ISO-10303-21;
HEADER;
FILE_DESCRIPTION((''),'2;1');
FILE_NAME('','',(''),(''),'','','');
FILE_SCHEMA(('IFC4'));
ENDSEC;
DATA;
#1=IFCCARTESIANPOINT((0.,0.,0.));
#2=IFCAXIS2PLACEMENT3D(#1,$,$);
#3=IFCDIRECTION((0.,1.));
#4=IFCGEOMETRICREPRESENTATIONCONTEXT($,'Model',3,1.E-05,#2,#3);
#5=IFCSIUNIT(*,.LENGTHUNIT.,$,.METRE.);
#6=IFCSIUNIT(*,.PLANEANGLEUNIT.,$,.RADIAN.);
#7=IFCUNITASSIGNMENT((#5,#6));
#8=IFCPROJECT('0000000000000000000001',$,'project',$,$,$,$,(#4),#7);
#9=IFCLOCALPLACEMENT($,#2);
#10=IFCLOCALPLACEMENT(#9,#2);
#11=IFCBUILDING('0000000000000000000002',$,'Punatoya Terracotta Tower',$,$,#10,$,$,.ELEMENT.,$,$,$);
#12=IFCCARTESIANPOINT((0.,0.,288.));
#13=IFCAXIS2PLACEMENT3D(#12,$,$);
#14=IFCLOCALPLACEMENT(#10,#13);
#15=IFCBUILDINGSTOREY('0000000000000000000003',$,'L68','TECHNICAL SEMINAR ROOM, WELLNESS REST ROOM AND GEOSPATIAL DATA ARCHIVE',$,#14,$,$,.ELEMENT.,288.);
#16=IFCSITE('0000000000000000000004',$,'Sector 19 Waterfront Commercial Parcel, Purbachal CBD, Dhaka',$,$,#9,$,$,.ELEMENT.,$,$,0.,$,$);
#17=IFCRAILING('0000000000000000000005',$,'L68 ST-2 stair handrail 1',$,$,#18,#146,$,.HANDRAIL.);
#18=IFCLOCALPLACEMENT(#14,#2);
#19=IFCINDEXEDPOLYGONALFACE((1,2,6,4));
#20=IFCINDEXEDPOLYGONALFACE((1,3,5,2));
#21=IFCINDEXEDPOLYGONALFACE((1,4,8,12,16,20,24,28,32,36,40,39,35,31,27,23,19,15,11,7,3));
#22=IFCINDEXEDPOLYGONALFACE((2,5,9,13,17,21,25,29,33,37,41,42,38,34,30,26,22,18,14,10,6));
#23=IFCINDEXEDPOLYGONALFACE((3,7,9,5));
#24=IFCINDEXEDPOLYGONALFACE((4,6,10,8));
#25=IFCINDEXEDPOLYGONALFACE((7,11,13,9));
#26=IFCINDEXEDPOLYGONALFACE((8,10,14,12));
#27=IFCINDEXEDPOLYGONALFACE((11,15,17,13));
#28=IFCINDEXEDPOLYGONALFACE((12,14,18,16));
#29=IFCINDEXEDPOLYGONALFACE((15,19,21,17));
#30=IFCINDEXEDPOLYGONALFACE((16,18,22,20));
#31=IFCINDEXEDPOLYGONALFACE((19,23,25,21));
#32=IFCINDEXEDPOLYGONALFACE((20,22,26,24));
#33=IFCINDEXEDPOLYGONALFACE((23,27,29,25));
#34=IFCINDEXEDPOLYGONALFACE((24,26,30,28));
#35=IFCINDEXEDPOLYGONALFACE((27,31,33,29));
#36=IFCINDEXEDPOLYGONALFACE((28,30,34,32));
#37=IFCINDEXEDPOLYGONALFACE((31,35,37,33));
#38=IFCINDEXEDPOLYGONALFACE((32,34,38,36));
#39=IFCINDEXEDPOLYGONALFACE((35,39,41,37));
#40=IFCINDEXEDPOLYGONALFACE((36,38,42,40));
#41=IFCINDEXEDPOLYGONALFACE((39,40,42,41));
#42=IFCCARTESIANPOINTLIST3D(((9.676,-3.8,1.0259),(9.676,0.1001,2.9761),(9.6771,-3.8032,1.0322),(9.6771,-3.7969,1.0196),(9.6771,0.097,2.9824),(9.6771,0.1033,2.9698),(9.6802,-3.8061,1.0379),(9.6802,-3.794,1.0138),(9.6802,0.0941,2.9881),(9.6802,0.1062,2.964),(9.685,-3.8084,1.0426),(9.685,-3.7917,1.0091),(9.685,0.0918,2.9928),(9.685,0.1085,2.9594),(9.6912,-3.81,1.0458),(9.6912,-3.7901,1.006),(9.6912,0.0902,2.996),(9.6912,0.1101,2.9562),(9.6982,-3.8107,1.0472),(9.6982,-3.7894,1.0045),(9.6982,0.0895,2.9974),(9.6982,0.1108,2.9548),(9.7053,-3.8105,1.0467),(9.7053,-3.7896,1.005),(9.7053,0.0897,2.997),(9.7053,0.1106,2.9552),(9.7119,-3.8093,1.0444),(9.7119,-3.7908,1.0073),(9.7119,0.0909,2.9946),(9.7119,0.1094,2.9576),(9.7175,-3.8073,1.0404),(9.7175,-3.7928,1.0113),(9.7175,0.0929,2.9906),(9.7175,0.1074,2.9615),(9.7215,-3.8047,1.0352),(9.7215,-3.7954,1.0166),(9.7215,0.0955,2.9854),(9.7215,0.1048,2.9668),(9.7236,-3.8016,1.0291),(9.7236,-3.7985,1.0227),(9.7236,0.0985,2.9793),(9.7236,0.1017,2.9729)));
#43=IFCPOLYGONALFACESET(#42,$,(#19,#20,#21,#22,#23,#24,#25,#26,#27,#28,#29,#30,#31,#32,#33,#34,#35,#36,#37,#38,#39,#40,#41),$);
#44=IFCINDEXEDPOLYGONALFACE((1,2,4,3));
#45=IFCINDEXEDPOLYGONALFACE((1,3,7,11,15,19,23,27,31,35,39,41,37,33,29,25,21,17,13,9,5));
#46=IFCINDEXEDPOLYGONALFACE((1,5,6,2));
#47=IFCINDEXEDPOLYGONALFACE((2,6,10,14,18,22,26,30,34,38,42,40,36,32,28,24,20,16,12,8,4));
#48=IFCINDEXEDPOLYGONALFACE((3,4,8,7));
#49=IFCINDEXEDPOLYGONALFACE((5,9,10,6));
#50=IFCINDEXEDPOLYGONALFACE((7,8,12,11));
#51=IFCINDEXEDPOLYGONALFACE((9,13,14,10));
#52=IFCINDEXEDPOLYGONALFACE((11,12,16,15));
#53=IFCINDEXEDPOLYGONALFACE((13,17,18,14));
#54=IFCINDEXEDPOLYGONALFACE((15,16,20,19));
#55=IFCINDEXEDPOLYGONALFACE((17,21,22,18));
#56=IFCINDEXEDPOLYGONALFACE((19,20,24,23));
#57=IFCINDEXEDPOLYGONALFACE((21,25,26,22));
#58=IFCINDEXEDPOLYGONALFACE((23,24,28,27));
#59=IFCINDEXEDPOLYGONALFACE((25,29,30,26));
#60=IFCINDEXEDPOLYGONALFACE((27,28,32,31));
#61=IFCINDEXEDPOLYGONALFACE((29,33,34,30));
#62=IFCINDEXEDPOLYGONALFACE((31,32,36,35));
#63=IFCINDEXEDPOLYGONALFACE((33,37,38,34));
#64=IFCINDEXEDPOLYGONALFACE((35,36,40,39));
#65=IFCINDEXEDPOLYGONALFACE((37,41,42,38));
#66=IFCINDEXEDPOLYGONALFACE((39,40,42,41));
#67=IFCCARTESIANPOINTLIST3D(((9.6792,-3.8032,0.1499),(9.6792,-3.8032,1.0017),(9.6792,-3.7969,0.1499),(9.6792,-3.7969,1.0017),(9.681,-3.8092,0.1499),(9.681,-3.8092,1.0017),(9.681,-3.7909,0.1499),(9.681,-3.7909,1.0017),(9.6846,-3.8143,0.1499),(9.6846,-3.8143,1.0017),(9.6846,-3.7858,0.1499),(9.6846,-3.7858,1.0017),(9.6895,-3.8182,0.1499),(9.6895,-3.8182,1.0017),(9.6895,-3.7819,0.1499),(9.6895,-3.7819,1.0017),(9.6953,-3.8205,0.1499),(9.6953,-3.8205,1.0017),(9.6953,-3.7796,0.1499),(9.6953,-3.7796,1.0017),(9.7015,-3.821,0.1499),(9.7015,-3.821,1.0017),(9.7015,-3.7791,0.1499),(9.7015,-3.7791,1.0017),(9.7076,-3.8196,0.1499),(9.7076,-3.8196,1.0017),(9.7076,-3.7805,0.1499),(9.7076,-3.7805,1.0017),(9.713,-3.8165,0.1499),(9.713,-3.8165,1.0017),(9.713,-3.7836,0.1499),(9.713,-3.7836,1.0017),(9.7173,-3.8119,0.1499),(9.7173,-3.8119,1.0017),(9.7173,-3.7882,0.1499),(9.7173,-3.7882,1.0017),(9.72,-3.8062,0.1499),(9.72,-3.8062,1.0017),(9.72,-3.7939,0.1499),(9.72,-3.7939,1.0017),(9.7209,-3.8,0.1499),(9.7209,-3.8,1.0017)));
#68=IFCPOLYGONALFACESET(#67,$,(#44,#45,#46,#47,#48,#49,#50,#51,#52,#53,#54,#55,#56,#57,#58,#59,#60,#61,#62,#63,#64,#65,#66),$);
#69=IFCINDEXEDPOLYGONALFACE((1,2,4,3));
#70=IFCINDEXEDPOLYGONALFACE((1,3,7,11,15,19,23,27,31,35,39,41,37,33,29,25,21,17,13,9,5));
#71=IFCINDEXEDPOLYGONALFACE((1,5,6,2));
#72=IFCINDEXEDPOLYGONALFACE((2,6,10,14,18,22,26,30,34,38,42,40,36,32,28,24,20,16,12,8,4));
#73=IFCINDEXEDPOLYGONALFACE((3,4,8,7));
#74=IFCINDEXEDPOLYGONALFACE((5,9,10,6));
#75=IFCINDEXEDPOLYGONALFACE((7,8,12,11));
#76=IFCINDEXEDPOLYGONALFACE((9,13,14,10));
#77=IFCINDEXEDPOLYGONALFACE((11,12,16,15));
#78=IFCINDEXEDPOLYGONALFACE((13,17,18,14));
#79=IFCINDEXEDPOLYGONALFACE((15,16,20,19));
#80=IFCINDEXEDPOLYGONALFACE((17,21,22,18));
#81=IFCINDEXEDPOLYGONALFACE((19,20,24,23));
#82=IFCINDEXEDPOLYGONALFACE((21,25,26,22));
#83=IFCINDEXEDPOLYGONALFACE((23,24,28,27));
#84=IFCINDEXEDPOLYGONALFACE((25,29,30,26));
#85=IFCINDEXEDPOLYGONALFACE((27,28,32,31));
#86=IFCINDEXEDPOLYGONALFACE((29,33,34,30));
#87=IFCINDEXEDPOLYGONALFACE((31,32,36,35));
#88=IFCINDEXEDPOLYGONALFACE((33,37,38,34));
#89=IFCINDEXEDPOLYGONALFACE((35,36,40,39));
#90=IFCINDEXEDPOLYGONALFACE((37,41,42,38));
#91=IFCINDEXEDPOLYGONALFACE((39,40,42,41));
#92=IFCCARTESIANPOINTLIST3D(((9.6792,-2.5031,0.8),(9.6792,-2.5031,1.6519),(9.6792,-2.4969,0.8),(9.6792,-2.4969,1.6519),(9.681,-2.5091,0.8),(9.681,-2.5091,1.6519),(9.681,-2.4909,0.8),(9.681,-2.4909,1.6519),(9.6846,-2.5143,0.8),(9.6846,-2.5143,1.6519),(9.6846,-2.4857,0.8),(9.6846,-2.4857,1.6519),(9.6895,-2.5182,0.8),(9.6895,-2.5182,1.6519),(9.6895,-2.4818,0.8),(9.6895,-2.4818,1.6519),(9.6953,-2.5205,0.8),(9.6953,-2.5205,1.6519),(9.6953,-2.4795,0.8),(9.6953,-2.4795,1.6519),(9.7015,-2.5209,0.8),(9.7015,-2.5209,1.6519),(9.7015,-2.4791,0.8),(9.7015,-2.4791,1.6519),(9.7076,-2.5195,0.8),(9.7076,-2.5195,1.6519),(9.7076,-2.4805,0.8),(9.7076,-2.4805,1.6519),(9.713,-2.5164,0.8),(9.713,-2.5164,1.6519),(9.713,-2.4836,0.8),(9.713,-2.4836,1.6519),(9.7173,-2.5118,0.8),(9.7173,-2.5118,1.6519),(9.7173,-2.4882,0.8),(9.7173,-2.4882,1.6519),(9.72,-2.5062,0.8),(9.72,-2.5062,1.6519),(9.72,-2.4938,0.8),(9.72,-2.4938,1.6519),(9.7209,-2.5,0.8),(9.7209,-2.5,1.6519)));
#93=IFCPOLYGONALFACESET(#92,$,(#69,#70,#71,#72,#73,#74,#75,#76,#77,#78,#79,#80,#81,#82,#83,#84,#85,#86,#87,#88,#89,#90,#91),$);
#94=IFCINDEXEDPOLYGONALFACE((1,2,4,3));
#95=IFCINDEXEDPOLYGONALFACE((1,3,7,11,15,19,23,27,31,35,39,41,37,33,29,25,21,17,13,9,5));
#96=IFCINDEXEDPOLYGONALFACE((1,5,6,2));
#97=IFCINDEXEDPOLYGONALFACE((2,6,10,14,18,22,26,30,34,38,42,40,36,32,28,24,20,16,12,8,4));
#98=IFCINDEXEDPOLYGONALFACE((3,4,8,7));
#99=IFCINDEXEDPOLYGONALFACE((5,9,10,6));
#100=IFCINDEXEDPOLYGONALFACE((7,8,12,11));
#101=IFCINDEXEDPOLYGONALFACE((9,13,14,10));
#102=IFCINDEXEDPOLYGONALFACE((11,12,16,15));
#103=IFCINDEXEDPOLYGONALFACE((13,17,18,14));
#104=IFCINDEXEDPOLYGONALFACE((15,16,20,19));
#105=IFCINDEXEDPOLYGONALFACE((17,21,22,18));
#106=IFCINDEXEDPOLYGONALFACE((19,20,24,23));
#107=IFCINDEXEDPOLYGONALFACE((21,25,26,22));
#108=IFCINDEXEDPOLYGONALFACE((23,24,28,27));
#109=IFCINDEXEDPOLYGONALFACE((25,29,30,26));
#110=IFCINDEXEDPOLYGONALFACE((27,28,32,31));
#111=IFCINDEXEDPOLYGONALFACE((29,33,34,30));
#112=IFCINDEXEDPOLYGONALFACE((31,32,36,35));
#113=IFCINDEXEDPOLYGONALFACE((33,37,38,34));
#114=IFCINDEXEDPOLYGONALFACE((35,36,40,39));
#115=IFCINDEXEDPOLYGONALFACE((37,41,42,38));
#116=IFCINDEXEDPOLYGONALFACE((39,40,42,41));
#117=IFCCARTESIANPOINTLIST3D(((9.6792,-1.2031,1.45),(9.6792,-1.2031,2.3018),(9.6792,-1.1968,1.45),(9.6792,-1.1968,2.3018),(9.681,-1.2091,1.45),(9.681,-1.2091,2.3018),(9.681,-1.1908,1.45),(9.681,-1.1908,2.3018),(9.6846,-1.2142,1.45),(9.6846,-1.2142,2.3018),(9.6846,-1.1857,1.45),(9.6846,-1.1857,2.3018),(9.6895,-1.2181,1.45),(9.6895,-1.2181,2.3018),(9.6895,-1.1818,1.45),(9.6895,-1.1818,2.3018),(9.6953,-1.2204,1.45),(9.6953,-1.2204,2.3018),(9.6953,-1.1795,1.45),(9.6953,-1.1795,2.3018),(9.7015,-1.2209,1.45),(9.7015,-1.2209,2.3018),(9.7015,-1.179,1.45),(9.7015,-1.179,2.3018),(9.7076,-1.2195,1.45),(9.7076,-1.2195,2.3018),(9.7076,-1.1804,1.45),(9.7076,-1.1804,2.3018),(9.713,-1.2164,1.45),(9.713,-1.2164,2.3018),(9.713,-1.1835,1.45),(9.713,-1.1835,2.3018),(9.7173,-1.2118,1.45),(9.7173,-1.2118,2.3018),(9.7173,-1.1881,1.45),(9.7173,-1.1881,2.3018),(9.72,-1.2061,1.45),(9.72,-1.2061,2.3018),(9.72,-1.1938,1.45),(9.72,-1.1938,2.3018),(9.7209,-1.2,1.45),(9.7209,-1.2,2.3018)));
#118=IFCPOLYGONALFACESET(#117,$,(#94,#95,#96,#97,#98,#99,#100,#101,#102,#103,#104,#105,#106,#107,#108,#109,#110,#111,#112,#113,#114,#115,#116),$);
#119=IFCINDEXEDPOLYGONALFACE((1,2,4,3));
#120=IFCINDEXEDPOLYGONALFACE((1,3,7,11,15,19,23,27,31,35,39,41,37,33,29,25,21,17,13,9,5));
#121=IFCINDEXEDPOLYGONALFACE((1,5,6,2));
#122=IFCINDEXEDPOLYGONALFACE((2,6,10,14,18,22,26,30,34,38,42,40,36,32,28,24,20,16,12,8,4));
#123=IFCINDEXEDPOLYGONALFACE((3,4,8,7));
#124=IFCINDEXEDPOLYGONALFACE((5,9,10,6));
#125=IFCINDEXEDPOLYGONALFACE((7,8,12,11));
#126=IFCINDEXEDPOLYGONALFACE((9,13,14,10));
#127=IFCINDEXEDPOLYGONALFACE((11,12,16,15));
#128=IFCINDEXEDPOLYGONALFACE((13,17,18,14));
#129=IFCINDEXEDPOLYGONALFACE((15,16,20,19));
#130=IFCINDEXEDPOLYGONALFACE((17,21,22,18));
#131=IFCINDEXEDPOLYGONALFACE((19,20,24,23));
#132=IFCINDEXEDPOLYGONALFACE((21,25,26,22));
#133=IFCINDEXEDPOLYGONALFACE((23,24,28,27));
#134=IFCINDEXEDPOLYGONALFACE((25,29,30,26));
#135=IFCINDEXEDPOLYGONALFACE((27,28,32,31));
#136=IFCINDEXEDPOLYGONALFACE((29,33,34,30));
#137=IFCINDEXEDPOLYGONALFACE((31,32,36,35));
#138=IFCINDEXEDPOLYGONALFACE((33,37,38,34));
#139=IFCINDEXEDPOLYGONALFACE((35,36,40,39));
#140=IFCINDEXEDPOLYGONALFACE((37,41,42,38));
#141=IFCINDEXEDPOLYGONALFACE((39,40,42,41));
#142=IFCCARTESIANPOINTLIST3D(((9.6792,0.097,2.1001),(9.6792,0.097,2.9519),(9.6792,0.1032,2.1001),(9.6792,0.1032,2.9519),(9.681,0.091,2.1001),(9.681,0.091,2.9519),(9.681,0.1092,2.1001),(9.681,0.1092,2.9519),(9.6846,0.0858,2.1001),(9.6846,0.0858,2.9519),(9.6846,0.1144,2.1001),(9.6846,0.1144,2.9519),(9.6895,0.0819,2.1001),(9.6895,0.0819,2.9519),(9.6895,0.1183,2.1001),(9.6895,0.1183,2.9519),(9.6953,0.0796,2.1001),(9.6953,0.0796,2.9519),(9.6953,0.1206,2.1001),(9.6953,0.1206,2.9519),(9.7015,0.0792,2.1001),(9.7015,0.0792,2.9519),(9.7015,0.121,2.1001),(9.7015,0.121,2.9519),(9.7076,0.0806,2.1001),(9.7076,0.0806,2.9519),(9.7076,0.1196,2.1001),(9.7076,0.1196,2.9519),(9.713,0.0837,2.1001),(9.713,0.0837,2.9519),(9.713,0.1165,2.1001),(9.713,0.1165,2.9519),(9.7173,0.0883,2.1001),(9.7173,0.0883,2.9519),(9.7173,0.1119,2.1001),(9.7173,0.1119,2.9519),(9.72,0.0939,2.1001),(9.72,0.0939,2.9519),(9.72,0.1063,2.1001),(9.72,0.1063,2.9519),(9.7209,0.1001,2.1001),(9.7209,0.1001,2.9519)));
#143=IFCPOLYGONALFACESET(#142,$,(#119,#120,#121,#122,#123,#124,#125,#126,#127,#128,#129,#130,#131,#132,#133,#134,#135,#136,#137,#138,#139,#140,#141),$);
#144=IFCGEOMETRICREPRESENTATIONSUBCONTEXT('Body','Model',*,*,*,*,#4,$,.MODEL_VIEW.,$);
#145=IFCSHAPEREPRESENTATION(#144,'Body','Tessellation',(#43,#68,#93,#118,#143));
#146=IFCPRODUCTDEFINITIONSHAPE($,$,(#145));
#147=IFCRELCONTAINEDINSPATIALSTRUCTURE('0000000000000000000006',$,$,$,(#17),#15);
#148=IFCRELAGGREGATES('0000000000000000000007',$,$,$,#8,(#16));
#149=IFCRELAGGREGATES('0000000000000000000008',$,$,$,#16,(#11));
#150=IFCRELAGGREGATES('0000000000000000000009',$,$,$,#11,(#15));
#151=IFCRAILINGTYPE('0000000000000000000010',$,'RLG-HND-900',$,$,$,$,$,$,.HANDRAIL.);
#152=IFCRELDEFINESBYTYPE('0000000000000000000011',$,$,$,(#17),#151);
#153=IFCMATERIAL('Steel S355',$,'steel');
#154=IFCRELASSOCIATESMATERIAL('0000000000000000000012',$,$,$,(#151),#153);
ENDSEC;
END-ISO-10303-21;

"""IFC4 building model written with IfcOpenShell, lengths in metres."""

from ifc_helpers import new_model, si_unit, direction, frame, origin, origin_2d, place, context, subcontext, project, spatial, circle, extrude, material, type_object, element, save


model = new_model("IFC4")

# Units and contexts
model_context = context("Model", 3, precision=1e-05, world=origin(), true_north=direction((0.0, 1.0)))
body_context = subcontext(model_context, "Body", "Model", "MODEL_VIEW")
ifc_project = project(units=[si_unit("LENGTHUNIT", "METRE"), si_unit("PLANEANGLEUNIT", "RADIAN")], contexts=[model_context])

# Site, building, storey
site_placement = place(None, origin())
site = spatial("IfcSite", under=ifc_project, at=site_placement, Name="Sector 19 Waterfront Commercial Parcel, Purbachal CBD, Dhaka", CompositionType="ELEMENT", RefElevation=0.0)
building_placement = place(site_placement, origin())
building = spatial("IfcBuilding", under=site, at=building_placement, Name="Punatoya Terracotta Tower", CompositionType="ELEMENT")
storey_placement = place(building_placement, frame((0.0, 0.0, 288.0)))
storey = spatial("IfcBuildingStorey", under=building, at=storey_placement, Name="L68", Description="TECHNICAL SEMINAR ROOM, WELLNESS REST ROOM AND GEOSPATIAL DATA ARCHIVE", CompositionType="ELEMENT", Elevation=288.0)

# Shared definitions
ifc_material_1 = material(Name="Steel S355", Category="steel")

# Railing
railing_type_1 = type_object("IfcRailingType", Name="RLG-HND-900", PredefinedType="HANDRAIL", material=ifc_material_1)
railing_1_placement = place(storey_placement, frame((9.7, -3.8, 0.1499)))
element("IfcRailing", 1, at=railing_1_placement, inside=storey, type_object=railing_type_1, Name="L68 ST-2 stair handrail 1", PredefinedType="HANDRAIL", context=body_context, shape_type="SweptSolid", body=[
    extrude(circle(Radius=0.0239, at=origin_2d()), frame((0.0, 0.0, 0.876), z_axis=(0.0, 0.894416, 0.447236), x_axis=(-1.0, 0.0, 0.0)), (0.0, 0.0, 1.0), 4.3606),
    extrude(circle(Radius=0.021, at=origin_2d()), origin(), (0.0, 0.0, 1.0), 0.8518),
    extrude(circle(Radius=0.021, at=origin_2d()), frame((0.0, 1.3, 0.6501)), (0.0, 0.0, 1.0), 0.8518),
    extrude(circle(Radius=0.021, at=origin_2d()), frame((0.0, 2.6001, 1.3)), (0.0, 0.0, 1.0), 0.8518),
    extrude(circle(Radius=0.021, at=origin_2d()), frame((0.0, 3.9001, 1.9502)), (0.0, 0.0, 1.0), 0.8518),
])

save(model, "model.ifc")
